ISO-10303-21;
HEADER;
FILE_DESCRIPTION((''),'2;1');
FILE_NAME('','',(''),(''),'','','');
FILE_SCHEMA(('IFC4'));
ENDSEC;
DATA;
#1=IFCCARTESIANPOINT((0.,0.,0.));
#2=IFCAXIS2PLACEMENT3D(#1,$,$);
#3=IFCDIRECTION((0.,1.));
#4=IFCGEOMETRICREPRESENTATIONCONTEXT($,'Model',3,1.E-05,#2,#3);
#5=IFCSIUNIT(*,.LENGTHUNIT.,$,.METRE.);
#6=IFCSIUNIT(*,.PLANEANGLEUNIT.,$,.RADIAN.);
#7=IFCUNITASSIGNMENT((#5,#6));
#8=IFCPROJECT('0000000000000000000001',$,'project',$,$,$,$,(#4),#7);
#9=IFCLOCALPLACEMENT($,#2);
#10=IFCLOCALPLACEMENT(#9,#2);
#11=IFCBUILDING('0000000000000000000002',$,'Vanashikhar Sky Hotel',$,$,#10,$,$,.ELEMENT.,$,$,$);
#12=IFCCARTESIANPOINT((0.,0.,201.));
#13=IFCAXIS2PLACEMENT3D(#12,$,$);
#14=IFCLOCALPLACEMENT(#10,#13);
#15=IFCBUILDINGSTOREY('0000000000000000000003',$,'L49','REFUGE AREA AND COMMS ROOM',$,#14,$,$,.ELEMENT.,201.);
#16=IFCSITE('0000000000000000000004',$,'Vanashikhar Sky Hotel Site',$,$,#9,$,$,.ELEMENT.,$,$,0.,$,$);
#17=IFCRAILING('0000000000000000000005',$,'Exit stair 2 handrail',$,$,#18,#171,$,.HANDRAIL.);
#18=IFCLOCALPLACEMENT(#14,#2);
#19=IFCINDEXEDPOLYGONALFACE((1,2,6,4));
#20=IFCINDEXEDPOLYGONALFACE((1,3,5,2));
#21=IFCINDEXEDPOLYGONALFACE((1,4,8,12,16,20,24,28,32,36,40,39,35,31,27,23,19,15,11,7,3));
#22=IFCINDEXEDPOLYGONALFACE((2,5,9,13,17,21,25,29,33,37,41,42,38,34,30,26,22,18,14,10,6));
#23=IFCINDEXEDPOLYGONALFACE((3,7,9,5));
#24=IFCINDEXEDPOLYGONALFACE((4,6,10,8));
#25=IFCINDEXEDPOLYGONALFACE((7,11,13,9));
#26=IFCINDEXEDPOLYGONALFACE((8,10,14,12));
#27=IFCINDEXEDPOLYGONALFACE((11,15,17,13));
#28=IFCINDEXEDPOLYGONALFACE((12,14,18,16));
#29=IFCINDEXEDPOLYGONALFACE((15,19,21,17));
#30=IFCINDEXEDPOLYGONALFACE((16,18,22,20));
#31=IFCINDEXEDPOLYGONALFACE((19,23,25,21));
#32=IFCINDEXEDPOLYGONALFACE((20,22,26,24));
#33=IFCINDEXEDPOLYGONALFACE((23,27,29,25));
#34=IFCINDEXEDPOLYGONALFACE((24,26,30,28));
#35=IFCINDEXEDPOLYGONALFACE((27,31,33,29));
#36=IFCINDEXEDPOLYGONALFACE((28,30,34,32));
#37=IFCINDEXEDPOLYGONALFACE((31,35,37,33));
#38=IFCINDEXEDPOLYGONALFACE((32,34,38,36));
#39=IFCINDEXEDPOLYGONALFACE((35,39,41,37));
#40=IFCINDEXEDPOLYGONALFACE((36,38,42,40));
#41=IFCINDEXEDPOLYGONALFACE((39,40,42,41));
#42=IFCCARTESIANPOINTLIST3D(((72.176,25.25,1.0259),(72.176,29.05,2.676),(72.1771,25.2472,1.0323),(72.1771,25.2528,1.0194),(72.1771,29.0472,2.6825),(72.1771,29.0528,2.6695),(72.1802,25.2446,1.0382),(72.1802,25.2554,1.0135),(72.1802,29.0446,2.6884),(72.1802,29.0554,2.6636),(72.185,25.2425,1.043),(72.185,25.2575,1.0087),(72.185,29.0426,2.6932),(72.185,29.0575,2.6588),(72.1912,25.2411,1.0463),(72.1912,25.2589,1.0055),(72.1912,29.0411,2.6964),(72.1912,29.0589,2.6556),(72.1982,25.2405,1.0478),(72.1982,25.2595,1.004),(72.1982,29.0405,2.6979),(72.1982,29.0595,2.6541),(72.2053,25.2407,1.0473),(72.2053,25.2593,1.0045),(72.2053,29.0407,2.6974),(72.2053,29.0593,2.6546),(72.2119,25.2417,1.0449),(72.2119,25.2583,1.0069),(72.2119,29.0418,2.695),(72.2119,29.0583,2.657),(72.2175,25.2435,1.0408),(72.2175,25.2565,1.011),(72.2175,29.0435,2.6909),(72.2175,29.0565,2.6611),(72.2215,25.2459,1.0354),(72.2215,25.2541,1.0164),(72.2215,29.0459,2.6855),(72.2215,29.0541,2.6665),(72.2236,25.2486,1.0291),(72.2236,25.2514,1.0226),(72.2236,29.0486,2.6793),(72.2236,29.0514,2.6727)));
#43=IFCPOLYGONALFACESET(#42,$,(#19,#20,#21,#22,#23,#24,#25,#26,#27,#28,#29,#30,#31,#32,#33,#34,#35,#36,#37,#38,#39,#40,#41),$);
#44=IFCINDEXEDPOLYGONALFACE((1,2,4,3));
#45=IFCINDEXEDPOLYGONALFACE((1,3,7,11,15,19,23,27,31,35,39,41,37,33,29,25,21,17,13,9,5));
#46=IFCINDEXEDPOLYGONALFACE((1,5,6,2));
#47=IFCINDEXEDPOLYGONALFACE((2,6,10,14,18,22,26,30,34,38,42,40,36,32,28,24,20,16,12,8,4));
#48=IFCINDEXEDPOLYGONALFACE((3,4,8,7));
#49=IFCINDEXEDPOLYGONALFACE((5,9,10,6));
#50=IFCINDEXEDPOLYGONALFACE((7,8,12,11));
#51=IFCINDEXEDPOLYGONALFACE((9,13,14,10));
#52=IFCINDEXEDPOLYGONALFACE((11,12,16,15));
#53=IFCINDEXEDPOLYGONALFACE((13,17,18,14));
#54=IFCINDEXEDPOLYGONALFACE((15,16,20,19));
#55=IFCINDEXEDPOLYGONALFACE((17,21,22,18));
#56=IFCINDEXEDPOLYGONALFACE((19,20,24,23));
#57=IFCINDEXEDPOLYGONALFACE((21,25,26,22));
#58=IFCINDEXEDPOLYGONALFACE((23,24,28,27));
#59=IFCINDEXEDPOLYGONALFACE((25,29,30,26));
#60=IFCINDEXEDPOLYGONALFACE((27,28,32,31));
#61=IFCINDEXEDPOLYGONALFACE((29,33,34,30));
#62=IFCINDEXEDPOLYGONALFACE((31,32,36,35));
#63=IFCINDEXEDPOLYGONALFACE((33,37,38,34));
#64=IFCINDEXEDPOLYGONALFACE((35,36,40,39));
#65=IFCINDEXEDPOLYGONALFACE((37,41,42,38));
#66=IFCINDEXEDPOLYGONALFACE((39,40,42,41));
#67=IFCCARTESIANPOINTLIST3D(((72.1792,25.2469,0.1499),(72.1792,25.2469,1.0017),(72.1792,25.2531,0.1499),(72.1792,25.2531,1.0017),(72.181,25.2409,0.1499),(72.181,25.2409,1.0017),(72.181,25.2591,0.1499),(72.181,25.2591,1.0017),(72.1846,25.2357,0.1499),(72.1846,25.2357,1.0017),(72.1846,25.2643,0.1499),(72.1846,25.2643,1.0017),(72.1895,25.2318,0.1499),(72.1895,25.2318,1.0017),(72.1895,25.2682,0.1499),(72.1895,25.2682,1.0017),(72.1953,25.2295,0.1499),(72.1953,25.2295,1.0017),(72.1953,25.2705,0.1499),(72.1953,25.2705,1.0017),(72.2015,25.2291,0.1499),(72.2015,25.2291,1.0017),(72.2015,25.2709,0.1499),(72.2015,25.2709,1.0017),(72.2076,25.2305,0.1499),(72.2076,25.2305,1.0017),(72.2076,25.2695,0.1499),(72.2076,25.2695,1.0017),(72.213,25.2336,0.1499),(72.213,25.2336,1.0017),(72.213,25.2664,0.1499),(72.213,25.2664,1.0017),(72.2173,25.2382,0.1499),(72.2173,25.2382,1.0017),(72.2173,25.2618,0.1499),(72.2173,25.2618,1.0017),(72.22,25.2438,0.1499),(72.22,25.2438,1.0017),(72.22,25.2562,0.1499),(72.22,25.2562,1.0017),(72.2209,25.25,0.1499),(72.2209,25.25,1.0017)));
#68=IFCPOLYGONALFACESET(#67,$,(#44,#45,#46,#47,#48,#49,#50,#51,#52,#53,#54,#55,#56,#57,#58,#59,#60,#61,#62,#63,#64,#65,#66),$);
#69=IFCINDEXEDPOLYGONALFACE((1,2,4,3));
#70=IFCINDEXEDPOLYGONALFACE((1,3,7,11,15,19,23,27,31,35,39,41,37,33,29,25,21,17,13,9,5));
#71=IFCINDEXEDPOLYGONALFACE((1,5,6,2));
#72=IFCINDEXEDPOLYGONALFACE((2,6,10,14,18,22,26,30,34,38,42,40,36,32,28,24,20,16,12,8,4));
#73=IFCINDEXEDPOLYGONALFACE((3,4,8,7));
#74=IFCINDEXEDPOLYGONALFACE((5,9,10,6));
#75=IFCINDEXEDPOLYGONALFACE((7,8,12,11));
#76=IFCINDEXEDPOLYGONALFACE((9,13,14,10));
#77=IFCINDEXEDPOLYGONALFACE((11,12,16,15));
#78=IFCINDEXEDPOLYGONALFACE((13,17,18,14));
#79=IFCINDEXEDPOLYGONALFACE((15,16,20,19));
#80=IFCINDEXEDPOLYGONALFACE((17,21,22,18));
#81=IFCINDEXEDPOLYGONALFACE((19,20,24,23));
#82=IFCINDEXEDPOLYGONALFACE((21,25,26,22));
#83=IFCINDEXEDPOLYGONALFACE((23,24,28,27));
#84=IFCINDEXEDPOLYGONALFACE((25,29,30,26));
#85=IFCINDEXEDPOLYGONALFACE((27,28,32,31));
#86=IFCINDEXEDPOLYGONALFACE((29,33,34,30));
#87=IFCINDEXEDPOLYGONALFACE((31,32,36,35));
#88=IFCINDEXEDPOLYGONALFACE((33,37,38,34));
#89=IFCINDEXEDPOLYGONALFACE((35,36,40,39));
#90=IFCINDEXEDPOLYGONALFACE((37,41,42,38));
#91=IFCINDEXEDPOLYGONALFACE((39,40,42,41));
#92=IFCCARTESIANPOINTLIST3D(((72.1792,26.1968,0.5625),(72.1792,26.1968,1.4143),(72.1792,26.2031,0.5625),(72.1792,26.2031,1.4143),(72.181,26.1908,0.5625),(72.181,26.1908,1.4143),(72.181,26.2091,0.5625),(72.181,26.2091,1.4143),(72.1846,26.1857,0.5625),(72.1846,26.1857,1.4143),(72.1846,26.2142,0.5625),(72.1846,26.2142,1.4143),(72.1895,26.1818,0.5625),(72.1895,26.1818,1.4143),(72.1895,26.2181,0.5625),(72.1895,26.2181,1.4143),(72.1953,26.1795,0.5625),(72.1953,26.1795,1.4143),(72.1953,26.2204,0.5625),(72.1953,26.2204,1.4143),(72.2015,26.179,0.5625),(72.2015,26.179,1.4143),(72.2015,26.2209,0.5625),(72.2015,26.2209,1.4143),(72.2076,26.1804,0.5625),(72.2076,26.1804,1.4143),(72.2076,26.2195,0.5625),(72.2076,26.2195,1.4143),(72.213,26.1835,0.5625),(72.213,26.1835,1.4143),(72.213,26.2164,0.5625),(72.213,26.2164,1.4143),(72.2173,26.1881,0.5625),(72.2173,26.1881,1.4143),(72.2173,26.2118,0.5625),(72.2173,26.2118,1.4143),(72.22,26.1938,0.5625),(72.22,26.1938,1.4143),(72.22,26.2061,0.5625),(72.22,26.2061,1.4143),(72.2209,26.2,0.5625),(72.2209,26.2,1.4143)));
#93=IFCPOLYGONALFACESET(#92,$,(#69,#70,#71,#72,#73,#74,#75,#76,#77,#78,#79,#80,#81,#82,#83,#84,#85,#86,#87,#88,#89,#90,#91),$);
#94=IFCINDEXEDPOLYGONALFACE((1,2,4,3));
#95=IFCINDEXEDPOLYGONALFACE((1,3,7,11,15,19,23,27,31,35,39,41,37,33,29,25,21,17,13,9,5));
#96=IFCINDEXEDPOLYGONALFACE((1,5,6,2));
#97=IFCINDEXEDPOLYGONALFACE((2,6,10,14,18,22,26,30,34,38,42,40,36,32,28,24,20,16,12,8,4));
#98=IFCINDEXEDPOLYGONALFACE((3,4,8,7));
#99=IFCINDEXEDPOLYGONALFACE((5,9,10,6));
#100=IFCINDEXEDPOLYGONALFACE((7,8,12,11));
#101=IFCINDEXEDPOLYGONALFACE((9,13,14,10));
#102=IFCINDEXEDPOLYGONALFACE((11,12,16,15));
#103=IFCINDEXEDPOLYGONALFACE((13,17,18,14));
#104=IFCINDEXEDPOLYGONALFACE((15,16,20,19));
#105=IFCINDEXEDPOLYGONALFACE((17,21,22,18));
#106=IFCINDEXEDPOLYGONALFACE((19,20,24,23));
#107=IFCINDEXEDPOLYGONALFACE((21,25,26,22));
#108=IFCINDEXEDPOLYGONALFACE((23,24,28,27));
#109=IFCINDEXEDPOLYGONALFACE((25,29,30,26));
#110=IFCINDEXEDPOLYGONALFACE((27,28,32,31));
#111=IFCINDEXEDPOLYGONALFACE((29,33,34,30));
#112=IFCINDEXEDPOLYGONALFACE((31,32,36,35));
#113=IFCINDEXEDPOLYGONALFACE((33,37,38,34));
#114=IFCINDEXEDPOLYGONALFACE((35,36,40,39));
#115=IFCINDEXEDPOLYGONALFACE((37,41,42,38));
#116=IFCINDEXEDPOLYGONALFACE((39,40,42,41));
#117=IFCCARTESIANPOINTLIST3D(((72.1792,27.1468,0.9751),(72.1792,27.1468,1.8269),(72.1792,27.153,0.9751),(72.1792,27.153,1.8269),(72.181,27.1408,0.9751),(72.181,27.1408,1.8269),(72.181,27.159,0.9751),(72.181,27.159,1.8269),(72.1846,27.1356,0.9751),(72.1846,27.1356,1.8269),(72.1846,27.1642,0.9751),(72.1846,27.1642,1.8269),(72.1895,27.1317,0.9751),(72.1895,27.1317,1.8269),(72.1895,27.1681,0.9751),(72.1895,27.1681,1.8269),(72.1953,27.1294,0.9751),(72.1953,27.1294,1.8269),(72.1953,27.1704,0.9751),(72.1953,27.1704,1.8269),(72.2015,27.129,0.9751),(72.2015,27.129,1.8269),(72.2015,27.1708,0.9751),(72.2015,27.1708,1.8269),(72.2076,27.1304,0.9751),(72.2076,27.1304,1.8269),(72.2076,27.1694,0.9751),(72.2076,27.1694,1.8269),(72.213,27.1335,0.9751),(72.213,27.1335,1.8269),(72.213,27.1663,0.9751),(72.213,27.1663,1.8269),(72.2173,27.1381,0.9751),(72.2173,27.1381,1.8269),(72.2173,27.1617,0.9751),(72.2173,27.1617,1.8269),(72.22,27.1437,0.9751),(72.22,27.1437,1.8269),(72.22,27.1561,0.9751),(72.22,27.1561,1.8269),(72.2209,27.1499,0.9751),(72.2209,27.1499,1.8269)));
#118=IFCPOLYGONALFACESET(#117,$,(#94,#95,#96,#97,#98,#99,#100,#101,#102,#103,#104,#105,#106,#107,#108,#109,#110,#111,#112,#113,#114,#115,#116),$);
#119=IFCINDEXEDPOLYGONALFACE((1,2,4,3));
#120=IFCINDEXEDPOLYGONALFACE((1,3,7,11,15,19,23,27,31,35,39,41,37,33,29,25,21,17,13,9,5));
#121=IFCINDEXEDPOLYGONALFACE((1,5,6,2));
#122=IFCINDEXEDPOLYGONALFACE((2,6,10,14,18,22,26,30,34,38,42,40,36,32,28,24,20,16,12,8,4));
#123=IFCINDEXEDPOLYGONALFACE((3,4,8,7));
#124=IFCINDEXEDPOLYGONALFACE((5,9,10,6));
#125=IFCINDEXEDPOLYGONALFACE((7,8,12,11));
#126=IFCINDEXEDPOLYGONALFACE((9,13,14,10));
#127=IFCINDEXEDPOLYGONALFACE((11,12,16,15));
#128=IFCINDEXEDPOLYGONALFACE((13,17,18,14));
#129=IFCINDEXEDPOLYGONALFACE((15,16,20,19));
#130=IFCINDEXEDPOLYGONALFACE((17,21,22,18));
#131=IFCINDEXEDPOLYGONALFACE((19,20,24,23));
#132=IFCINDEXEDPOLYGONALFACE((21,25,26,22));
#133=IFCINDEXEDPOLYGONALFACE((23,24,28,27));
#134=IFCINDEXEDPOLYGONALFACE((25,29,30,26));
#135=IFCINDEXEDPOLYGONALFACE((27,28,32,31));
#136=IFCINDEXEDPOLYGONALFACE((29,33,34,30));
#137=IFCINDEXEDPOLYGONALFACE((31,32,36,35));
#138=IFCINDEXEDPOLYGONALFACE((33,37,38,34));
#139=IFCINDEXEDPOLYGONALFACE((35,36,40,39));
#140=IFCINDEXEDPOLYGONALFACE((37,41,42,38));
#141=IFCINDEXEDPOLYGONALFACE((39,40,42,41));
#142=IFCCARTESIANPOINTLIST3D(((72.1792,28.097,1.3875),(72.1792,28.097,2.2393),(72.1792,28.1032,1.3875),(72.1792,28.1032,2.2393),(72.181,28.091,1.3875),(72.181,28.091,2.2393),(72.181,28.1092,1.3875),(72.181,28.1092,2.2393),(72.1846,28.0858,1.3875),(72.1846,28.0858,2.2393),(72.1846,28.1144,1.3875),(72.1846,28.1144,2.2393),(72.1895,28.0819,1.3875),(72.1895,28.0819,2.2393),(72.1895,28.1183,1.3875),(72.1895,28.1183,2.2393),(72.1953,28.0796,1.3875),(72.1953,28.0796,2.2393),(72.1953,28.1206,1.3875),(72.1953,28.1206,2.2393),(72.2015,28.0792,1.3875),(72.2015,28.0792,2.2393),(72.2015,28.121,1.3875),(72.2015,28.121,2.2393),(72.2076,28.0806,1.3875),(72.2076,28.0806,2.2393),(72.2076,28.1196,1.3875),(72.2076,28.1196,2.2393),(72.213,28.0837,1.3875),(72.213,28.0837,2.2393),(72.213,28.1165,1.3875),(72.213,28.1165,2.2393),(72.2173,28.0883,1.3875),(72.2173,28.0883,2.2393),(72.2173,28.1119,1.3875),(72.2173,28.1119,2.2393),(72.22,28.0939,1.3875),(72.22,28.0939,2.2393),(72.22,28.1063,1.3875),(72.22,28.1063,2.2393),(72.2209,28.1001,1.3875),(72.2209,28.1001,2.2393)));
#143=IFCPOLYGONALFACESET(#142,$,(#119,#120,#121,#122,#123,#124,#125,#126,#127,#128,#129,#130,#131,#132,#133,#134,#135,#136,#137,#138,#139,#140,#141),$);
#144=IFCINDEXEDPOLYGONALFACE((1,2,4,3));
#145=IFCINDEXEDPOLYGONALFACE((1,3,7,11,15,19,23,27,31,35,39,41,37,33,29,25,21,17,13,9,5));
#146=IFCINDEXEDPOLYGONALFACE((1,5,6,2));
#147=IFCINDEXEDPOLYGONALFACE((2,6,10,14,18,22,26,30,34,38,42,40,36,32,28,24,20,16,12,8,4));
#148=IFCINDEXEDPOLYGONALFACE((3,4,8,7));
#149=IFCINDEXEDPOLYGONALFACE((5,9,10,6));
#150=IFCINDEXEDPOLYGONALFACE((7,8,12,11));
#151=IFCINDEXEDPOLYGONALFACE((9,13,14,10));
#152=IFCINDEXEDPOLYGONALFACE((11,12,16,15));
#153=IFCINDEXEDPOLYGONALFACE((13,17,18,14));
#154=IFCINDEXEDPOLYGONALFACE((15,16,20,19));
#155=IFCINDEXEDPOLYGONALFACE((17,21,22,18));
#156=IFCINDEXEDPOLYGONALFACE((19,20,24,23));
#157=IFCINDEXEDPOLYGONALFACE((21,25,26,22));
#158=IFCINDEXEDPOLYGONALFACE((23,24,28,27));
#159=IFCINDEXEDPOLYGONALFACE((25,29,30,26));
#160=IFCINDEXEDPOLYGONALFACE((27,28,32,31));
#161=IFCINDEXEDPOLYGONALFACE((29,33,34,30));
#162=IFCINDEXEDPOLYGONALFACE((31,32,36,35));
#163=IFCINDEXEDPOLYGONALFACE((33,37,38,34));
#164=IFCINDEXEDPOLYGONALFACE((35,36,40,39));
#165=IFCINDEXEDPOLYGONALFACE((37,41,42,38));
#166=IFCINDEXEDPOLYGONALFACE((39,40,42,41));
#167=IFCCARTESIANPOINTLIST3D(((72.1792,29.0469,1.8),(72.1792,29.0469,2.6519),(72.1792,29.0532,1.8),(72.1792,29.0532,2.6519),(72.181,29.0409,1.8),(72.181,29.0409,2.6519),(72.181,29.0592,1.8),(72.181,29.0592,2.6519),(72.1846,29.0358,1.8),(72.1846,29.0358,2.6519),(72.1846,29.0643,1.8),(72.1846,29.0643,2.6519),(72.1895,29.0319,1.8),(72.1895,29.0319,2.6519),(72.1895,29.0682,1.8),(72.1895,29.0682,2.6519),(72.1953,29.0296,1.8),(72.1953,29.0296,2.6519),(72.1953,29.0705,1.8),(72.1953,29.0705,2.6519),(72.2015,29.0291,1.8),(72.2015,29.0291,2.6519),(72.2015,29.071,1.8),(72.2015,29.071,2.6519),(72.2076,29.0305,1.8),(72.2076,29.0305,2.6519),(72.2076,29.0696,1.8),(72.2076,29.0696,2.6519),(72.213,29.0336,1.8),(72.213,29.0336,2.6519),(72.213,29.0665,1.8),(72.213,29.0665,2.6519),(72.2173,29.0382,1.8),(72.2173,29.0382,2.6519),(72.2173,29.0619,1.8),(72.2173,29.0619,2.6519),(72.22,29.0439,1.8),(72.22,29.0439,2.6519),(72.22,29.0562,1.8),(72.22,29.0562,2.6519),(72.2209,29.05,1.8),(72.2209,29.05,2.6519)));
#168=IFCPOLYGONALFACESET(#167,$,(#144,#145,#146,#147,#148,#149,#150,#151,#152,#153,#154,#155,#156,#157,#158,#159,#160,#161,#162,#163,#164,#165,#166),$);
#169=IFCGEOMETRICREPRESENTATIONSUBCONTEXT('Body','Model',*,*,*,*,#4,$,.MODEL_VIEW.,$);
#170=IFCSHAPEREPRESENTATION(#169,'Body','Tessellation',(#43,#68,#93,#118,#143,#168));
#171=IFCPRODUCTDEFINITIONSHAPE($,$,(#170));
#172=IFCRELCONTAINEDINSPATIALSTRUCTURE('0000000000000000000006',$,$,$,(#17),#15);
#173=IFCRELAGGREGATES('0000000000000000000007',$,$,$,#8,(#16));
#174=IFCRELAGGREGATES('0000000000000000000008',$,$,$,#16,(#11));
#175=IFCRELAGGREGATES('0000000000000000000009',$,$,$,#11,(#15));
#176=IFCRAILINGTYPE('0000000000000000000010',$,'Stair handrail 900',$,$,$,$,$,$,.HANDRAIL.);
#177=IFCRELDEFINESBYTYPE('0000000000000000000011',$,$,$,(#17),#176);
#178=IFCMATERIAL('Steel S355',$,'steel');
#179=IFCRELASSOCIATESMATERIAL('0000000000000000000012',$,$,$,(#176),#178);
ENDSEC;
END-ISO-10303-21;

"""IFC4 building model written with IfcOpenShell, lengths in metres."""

from ifc_helpers import new_model, si_unit, direction, frame, origin, origin_2d, place, context, subcontext, project, spatial, circle, extrude, source, transform, mapped, material, type_object, element, save


model = new_model("IFC4")

# Units and contexts
model_context = context("Model", 3, precision=1e-05, world=origin(), true_north=direction((0.0, 1.0)))
body_context = subcontext(model_context, "Body", "Model", "MODEL_VIEW")
ifc_project = project(units=[si_unit("LENGTHUNIT", "METRE"), si_unit("PLANEANGLEUNIT", "RADIAN")], contexts=[model_context])

# Site, building, storey
site_placement = place(None, origin())
site = spatial("IfcSite", under=ifc_project, at=site_placement, Name="Vanashikhar Sky Hotel Site", CompositionType="ELEMENT", RefElevation=0.0)
building_placement = place(site_placement, origin())
building = spatial("IfcBuilding", under=site, at=building_placement, Name="Vanashikhar Sky Hotel", CompositionType="ELEMENT")
storey_placement = place(building_placement, frame((0.0, 0.0, 201.0)))
storey = spatial("IfcBuildingStorey", under=building, at=storey_placement, Name="L49", Description="REFUGE AREA AND COMMS ROOM", CompositionType="ELEMENT", Elevation=201.0)

# Railing
ifc_material_1 = material(Name="Steel S355", Category="steel")
railing_type_1 = type_object("IfcRailingType", Name="Stair handrail 900", PredefinedType="HANDRAIL", material=ifc_material_1)
shared_shape_1 = source(origin(), body_context, "Body", "SweptSolid", [
    extrude(circle(Radius=0.0239, at=origin_2d()), frame((0.0, 0.0, 0.876), z_axis=(0.0, 0.917251, 0.39831), x_axis=(-1.0, 0.0, 0.0)), (0.0, 0.0, 1.0), 4.1428),
    extrude(circle(Radius=0.021, at=origin_2d()), origin(), (0.0, 0.0, 1.0), 0.8518),
    extrude(circle(Radius=0.021, at=origin_2d()), frame((0.0, 0.95, 0.4126)), (0.0, 0.0, 1.0), 0.8518),
    extrude(circle(Radius=0.021, at=origin_2d()), frame((0.0, 1.8999, 0.8252)), (0.0, 0.0, 1.0), 0.8518),
    extrude(circle(Radius=0.021, at=origin_2d()), frame((0.0, 2.8501, 1.2375)), (0.0, 0.0, 1.0), 0.8518),
    extrude(circle(Radius=0.021, at=origin_2d()), frame((0.0, 3.8, 1.6501)), (0.0, 0.0, 1.0), 0.8518),
])
railing_1_placement = place(storey_placement, frame((72.2, 25.25, 0.1499)))
element("IfcRailing", 1, at=railing_1_placement, inside=storey, type_object=railing_type_1, Name="Exit stair 2 handrail", PredefinedType="HANDRAIL", context=body_context, shape_type="MappedRepresentation", body=[
    mapped(shared_shape_1, transform((0.0, 0.0, 0.0), scale=1.0)),
])

save(model, "model.ifc")
